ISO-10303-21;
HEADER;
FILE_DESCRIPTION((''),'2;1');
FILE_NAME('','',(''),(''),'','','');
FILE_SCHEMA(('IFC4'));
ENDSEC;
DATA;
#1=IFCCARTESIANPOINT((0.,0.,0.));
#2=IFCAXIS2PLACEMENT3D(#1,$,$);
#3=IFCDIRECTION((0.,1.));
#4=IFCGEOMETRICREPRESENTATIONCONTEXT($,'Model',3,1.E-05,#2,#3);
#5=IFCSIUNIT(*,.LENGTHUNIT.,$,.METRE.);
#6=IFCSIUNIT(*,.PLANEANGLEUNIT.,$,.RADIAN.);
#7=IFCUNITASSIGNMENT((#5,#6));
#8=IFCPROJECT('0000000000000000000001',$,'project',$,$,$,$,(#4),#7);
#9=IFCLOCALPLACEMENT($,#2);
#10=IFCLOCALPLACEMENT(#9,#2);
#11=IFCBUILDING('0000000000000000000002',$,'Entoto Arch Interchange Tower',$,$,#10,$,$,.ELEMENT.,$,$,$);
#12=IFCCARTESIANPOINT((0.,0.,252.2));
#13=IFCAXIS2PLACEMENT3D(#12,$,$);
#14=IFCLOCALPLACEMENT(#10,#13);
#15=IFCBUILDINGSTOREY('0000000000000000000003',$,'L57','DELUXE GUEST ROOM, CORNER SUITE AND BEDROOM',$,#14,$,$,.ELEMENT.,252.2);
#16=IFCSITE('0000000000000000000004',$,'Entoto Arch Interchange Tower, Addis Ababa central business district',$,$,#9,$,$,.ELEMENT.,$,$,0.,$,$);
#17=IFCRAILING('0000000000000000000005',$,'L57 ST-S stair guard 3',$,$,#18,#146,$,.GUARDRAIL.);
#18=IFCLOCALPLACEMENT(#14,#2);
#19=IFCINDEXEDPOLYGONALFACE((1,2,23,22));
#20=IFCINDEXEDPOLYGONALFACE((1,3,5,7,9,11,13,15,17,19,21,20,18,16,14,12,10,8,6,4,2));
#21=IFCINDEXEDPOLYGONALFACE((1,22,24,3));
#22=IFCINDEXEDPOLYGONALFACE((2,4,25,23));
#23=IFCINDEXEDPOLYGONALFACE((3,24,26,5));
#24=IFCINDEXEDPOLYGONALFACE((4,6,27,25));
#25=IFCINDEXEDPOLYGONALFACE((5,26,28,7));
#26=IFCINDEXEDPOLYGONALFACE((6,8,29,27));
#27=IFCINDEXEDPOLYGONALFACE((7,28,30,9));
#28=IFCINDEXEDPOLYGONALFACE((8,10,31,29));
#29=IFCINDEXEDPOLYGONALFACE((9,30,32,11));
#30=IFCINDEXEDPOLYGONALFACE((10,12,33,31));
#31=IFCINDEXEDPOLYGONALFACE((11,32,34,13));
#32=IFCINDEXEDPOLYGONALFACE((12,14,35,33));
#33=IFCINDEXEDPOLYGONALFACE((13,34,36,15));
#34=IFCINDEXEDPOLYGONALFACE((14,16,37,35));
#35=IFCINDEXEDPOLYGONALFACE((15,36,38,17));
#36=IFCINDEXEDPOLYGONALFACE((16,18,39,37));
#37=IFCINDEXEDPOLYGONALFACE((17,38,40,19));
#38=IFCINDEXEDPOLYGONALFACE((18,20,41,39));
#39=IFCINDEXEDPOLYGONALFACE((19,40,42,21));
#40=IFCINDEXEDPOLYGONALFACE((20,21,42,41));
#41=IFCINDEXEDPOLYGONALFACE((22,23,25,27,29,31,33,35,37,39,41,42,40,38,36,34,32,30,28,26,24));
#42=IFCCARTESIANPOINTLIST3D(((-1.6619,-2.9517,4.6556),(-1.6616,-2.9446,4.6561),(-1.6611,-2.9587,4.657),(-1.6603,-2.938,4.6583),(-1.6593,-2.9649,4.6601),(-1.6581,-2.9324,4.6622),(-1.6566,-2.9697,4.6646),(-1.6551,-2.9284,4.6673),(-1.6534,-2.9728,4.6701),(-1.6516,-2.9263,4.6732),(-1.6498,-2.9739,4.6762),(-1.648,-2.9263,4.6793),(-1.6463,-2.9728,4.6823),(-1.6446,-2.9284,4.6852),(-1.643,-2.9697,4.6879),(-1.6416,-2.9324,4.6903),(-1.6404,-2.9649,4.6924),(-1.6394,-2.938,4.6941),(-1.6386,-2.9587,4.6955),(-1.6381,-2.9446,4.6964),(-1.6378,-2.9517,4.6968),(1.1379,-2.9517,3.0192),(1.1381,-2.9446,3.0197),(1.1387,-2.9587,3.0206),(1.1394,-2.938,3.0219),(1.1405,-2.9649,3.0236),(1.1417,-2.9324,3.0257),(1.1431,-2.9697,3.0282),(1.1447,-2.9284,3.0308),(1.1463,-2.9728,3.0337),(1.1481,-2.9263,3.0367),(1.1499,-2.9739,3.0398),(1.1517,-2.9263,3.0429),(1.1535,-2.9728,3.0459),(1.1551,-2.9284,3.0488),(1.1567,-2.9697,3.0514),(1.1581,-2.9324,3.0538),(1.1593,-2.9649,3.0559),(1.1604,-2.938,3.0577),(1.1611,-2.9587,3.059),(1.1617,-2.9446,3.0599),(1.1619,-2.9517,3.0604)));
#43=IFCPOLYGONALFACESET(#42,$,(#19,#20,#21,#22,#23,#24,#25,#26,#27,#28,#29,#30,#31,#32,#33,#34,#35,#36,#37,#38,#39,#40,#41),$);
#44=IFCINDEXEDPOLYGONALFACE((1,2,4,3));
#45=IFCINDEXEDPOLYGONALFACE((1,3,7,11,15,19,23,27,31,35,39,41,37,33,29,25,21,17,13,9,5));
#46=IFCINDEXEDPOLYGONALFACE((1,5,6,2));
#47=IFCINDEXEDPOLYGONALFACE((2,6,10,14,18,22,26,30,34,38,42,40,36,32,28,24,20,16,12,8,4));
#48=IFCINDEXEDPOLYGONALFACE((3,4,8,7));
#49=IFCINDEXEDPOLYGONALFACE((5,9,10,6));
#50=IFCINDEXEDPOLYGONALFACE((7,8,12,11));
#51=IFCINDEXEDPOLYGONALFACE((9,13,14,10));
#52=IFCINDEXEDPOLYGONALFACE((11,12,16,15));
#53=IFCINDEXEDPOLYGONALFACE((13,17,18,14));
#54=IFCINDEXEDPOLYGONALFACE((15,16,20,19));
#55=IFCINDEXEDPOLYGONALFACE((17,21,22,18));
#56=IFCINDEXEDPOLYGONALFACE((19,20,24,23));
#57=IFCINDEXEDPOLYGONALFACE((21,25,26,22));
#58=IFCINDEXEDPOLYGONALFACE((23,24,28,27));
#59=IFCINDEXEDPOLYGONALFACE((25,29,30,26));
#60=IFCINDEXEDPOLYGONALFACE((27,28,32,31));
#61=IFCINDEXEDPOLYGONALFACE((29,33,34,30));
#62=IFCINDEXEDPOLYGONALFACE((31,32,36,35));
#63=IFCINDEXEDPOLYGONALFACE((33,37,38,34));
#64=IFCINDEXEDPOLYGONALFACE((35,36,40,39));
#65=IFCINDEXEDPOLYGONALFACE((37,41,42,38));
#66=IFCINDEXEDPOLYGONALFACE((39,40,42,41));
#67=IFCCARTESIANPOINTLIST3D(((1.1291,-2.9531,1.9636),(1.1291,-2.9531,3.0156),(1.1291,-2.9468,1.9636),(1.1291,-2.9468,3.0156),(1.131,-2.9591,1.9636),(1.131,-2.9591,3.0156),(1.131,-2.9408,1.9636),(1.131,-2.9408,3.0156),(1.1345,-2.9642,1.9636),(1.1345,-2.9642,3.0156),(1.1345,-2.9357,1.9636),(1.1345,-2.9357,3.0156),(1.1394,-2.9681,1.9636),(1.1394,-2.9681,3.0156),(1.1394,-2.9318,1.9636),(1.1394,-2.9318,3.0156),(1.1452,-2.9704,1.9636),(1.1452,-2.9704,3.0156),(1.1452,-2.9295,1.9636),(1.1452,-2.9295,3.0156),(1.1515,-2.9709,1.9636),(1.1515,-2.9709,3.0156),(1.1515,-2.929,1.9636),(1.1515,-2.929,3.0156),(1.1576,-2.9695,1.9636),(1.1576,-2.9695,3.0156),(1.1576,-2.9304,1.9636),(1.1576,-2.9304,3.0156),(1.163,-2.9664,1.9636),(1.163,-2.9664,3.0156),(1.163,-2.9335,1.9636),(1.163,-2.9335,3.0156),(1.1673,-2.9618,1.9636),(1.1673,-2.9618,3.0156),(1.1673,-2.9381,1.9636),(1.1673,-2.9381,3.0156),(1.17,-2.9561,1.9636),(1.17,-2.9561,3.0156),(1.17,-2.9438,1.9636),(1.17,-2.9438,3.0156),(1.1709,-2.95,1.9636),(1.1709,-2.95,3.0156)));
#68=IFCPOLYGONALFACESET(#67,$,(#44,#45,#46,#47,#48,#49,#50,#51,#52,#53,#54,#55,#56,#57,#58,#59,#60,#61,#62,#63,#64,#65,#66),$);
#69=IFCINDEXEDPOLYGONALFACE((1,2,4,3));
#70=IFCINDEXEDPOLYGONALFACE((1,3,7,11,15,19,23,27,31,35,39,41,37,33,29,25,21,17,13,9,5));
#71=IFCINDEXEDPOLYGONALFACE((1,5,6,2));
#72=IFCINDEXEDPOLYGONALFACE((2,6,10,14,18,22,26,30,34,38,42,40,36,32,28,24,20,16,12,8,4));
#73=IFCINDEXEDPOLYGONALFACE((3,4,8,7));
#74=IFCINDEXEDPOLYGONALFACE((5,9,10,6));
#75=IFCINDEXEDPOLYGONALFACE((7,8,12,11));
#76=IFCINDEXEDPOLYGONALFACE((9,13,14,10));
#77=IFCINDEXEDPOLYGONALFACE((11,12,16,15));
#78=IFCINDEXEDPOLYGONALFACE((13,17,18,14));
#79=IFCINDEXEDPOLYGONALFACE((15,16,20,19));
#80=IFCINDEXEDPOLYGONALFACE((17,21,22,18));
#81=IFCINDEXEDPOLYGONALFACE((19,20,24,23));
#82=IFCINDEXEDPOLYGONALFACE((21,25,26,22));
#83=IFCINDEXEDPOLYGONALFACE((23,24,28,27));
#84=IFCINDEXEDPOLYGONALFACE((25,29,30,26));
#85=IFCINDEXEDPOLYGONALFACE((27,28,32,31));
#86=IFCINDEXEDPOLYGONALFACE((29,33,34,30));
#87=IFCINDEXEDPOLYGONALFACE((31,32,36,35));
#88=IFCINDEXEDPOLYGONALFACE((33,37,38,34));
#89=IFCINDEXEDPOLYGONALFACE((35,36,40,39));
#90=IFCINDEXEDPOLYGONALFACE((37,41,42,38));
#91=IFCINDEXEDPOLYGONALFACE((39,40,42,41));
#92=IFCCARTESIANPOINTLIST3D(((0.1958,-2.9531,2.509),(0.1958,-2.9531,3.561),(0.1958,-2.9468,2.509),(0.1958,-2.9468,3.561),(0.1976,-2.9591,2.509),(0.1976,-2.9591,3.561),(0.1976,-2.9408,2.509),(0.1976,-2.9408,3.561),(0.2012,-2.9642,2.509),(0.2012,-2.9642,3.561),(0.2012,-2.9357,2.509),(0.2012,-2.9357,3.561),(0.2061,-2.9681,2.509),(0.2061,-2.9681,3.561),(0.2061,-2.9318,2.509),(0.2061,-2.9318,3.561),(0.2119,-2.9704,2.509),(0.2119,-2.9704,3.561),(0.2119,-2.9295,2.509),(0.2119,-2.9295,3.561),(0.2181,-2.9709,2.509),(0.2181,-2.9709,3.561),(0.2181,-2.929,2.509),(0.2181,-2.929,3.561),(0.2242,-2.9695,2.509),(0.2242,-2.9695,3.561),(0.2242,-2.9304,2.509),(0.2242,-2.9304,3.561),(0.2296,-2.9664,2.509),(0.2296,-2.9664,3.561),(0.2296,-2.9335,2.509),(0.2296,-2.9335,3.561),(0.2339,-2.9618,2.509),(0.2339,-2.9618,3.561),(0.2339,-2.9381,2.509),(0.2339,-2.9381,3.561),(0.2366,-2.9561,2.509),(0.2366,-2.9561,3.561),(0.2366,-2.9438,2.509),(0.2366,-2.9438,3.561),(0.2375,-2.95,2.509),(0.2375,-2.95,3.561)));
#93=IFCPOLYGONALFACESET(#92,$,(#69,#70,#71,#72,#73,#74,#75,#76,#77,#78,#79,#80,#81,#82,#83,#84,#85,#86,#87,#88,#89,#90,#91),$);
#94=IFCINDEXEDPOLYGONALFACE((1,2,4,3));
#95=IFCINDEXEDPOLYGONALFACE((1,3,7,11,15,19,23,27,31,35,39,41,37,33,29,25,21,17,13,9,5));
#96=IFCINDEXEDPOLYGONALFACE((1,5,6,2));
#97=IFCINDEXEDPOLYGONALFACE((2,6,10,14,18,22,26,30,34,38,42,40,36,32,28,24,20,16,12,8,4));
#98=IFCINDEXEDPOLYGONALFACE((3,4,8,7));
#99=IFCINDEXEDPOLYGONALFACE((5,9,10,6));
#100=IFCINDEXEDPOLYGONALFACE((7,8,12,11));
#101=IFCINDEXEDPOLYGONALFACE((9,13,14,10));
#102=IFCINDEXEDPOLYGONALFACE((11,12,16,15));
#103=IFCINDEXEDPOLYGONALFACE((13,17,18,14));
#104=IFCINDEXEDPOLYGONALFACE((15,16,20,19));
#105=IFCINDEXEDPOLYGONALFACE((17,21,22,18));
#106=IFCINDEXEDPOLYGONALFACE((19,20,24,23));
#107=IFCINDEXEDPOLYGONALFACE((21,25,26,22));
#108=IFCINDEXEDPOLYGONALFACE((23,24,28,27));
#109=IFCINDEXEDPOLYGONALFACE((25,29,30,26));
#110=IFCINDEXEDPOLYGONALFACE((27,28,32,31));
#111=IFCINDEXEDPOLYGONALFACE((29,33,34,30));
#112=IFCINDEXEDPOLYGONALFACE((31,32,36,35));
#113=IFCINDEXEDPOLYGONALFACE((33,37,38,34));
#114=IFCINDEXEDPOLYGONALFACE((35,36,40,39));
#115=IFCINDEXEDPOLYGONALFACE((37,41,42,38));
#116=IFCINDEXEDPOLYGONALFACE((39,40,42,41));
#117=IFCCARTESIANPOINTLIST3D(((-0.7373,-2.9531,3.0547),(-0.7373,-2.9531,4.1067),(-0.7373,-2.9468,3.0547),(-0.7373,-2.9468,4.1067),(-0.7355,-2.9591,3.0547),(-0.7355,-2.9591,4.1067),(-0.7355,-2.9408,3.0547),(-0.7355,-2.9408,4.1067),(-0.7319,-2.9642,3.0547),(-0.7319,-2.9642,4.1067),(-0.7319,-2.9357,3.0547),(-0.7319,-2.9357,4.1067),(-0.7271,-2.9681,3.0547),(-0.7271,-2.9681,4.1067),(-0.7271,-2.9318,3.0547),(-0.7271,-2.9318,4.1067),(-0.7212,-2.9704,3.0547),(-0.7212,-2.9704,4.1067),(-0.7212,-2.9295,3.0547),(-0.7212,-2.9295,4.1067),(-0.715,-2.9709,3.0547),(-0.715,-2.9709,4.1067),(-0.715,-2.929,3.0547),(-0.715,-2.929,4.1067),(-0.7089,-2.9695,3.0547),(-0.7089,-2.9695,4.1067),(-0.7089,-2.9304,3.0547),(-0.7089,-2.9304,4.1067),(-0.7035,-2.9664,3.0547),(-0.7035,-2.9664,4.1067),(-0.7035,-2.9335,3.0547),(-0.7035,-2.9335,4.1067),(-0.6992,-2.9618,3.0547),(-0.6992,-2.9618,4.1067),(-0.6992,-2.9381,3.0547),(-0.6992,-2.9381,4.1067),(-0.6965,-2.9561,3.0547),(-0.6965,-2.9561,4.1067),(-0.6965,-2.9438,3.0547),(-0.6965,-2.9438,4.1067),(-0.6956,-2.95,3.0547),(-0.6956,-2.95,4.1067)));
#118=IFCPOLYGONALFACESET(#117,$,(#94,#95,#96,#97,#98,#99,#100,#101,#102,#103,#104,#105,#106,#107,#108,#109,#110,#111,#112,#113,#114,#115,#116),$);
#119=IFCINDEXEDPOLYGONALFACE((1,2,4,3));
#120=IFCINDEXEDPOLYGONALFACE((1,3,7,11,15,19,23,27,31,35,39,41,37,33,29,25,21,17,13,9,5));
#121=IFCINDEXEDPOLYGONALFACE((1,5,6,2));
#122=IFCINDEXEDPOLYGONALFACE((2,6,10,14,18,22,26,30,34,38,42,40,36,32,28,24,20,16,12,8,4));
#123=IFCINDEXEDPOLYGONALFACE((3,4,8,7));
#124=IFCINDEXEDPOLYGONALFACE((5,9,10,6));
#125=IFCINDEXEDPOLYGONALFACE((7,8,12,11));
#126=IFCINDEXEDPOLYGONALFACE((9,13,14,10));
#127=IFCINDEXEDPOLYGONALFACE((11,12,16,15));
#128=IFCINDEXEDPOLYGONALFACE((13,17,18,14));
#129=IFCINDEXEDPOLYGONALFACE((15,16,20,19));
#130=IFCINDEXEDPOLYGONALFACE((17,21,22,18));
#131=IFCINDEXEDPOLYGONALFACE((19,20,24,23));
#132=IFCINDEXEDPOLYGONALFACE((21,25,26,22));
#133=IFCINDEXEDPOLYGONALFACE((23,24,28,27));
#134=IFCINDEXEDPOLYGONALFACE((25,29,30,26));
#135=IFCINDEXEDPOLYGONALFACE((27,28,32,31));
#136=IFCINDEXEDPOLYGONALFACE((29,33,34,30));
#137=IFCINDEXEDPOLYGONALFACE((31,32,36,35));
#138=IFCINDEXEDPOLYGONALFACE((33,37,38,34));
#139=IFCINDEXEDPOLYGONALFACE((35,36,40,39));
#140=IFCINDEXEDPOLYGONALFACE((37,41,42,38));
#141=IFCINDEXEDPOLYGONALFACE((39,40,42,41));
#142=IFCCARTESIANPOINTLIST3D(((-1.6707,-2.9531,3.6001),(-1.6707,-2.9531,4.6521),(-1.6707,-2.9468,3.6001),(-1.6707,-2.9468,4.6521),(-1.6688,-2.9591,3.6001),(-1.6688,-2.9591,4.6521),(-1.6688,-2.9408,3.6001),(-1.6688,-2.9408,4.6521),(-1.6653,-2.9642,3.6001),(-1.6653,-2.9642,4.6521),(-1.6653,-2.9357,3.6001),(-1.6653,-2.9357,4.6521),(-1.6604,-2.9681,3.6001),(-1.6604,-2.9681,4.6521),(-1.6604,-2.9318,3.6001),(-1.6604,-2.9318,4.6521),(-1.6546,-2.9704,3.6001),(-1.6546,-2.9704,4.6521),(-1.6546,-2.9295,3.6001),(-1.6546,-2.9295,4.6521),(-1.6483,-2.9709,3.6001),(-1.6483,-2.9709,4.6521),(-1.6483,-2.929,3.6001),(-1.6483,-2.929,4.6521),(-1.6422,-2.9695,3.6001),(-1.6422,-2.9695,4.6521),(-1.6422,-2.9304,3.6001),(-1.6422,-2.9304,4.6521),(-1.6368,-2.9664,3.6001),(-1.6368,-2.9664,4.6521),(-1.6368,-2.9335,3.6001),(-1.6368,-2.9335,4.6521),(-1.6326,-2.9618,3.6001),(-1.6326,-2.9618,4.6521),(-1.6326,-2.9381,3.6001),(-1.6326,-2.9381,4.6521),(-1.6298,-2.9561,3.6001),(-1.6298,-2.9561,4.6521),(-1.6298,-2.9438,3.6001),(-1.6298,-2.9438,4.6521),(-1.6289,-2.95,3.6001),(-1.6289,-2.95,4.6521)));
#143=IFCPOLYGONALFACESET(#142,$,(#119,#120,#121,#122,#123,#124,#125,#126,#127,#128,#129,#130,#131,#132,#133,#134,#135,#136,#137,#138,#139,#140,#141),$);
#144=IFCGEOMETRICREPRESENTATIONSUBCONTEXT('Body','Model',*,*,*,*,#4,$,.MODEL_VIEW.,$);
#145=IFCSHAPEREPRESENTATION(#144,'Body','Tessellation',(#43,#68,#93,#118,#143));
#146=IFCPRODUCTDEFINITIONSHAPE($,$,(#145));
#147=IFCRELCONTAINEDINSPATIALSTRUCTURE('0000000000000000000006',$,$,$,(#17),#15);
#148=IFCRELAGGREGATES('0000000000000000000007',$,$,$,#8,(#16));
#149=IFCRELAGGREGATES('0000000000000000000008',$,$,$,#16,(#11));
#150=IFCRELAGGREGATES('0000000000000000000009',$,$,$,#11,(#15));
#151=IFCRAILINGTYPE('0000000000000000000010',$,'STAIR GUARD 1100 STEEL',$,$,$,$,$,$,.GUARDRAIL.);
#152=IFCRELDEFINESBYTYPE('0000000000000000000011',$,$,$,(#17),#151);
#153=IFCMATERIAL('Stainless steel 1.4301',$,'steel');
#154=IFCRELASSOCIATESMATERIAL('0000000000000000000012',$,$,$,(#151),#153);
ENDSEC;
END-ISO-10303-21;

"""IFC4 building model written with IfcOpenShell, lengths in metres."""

from ifc_helpers import new_model, si_unit, direction, frame, origin, origin_2d, place, context, subcontext, project, spatial, circle, extrude, material, type_object, element, save


model = new_model("IFC4")

# Units and contexts
model_context = context("Model", 3, precision=1e-05, world=origin(), true_north=direction((0.0, 1.0)))
body_context = subcontext(model_context, "Body", "Model", "MODEL_VIEW")
ifc_project = project(units=[si_unit("LENGTHUNIT", "METRE"), si_unit("PLANEANGLEUNIT", "RADIAN")], contexts=[model_context])

# Site, building, storey
site_placement = place(None, origin())
site = spatial("IfcSite", under=ifc_project, at=site_placement, Name="Entoto Arch Interchange Tower, Addis Ababa central business district", CompositionType="ELEMENT", RefElevation=0.0)
building_placement = place(site_placement, origin())
building = spatial("IfcBuilding", under=site, at=building_placement, Name="Entoto Arch Interchange Tower", CompositionType="ELEMENT")
storey_placement = place(building_placement, frame((0.0, 0.0, 252.2)))
storey = spatial("IfcBuildingStorey", under=building, at=storey_placement, Name="L57", Description="DELUXE GUEST ROOM, CORNER SUITE AND BEDROOM", CompositionType="ELEMENT", Elevation=252.2)

# Railing
ifc_material_1 = material(Name="Stainless steel 1.4301", Category="steel")
railing_type_1 = type_object("IfcRailingType", Name="STAIR GUARD 1100 STEEL", PredefinedType="GUARDRAIL", material=ifc_material_1)
railing_1_placement = place(storey_placement, frame((1.1499, -2.95, 1.9636)))
element("IfcRailing", 1, at=railing_1_placement, inside=storey, type_object=railing_type_1, Name="L57 ST-S stair guard 3", PredefinedType="GUARDRAIL", context=body_context, shape_type="SweptSolid", body=[
    extrude(circle(Radius=0.0239, at=origin_2d()), frame((0.0, 0.0, 1.0762), z_axis=(-0.863342, 0.0, 0.50462), x_axis=(0.0, -1.0, 0.0)), (0.0, 0.0, 1.0), 3.2429),
    extrude(circle(Radius=0.021, at=origin_2d()), origin(), (0.0, 0.0, 1.0), 1.052),
    extrude(circle(Radius=0.021, at=origin_2d()), frame((-0.9333, 0.0, 0.5454)), (0.0, 0.0, 1.0), 1.052),
    extrude(circle(Radius=0.021, at=origin_2d()), frame((-1.8665, 0.0, 1.0911)), (0.0, 0.0, 1.0), 1.052),
    extrude(circle(Radius=0.021, at=origin_2d()), frame((-2.7998, 0.0, 1.6365)), (0.0, 0.0, 1.0), 1.052),
])

save(model, "model.ifc")
